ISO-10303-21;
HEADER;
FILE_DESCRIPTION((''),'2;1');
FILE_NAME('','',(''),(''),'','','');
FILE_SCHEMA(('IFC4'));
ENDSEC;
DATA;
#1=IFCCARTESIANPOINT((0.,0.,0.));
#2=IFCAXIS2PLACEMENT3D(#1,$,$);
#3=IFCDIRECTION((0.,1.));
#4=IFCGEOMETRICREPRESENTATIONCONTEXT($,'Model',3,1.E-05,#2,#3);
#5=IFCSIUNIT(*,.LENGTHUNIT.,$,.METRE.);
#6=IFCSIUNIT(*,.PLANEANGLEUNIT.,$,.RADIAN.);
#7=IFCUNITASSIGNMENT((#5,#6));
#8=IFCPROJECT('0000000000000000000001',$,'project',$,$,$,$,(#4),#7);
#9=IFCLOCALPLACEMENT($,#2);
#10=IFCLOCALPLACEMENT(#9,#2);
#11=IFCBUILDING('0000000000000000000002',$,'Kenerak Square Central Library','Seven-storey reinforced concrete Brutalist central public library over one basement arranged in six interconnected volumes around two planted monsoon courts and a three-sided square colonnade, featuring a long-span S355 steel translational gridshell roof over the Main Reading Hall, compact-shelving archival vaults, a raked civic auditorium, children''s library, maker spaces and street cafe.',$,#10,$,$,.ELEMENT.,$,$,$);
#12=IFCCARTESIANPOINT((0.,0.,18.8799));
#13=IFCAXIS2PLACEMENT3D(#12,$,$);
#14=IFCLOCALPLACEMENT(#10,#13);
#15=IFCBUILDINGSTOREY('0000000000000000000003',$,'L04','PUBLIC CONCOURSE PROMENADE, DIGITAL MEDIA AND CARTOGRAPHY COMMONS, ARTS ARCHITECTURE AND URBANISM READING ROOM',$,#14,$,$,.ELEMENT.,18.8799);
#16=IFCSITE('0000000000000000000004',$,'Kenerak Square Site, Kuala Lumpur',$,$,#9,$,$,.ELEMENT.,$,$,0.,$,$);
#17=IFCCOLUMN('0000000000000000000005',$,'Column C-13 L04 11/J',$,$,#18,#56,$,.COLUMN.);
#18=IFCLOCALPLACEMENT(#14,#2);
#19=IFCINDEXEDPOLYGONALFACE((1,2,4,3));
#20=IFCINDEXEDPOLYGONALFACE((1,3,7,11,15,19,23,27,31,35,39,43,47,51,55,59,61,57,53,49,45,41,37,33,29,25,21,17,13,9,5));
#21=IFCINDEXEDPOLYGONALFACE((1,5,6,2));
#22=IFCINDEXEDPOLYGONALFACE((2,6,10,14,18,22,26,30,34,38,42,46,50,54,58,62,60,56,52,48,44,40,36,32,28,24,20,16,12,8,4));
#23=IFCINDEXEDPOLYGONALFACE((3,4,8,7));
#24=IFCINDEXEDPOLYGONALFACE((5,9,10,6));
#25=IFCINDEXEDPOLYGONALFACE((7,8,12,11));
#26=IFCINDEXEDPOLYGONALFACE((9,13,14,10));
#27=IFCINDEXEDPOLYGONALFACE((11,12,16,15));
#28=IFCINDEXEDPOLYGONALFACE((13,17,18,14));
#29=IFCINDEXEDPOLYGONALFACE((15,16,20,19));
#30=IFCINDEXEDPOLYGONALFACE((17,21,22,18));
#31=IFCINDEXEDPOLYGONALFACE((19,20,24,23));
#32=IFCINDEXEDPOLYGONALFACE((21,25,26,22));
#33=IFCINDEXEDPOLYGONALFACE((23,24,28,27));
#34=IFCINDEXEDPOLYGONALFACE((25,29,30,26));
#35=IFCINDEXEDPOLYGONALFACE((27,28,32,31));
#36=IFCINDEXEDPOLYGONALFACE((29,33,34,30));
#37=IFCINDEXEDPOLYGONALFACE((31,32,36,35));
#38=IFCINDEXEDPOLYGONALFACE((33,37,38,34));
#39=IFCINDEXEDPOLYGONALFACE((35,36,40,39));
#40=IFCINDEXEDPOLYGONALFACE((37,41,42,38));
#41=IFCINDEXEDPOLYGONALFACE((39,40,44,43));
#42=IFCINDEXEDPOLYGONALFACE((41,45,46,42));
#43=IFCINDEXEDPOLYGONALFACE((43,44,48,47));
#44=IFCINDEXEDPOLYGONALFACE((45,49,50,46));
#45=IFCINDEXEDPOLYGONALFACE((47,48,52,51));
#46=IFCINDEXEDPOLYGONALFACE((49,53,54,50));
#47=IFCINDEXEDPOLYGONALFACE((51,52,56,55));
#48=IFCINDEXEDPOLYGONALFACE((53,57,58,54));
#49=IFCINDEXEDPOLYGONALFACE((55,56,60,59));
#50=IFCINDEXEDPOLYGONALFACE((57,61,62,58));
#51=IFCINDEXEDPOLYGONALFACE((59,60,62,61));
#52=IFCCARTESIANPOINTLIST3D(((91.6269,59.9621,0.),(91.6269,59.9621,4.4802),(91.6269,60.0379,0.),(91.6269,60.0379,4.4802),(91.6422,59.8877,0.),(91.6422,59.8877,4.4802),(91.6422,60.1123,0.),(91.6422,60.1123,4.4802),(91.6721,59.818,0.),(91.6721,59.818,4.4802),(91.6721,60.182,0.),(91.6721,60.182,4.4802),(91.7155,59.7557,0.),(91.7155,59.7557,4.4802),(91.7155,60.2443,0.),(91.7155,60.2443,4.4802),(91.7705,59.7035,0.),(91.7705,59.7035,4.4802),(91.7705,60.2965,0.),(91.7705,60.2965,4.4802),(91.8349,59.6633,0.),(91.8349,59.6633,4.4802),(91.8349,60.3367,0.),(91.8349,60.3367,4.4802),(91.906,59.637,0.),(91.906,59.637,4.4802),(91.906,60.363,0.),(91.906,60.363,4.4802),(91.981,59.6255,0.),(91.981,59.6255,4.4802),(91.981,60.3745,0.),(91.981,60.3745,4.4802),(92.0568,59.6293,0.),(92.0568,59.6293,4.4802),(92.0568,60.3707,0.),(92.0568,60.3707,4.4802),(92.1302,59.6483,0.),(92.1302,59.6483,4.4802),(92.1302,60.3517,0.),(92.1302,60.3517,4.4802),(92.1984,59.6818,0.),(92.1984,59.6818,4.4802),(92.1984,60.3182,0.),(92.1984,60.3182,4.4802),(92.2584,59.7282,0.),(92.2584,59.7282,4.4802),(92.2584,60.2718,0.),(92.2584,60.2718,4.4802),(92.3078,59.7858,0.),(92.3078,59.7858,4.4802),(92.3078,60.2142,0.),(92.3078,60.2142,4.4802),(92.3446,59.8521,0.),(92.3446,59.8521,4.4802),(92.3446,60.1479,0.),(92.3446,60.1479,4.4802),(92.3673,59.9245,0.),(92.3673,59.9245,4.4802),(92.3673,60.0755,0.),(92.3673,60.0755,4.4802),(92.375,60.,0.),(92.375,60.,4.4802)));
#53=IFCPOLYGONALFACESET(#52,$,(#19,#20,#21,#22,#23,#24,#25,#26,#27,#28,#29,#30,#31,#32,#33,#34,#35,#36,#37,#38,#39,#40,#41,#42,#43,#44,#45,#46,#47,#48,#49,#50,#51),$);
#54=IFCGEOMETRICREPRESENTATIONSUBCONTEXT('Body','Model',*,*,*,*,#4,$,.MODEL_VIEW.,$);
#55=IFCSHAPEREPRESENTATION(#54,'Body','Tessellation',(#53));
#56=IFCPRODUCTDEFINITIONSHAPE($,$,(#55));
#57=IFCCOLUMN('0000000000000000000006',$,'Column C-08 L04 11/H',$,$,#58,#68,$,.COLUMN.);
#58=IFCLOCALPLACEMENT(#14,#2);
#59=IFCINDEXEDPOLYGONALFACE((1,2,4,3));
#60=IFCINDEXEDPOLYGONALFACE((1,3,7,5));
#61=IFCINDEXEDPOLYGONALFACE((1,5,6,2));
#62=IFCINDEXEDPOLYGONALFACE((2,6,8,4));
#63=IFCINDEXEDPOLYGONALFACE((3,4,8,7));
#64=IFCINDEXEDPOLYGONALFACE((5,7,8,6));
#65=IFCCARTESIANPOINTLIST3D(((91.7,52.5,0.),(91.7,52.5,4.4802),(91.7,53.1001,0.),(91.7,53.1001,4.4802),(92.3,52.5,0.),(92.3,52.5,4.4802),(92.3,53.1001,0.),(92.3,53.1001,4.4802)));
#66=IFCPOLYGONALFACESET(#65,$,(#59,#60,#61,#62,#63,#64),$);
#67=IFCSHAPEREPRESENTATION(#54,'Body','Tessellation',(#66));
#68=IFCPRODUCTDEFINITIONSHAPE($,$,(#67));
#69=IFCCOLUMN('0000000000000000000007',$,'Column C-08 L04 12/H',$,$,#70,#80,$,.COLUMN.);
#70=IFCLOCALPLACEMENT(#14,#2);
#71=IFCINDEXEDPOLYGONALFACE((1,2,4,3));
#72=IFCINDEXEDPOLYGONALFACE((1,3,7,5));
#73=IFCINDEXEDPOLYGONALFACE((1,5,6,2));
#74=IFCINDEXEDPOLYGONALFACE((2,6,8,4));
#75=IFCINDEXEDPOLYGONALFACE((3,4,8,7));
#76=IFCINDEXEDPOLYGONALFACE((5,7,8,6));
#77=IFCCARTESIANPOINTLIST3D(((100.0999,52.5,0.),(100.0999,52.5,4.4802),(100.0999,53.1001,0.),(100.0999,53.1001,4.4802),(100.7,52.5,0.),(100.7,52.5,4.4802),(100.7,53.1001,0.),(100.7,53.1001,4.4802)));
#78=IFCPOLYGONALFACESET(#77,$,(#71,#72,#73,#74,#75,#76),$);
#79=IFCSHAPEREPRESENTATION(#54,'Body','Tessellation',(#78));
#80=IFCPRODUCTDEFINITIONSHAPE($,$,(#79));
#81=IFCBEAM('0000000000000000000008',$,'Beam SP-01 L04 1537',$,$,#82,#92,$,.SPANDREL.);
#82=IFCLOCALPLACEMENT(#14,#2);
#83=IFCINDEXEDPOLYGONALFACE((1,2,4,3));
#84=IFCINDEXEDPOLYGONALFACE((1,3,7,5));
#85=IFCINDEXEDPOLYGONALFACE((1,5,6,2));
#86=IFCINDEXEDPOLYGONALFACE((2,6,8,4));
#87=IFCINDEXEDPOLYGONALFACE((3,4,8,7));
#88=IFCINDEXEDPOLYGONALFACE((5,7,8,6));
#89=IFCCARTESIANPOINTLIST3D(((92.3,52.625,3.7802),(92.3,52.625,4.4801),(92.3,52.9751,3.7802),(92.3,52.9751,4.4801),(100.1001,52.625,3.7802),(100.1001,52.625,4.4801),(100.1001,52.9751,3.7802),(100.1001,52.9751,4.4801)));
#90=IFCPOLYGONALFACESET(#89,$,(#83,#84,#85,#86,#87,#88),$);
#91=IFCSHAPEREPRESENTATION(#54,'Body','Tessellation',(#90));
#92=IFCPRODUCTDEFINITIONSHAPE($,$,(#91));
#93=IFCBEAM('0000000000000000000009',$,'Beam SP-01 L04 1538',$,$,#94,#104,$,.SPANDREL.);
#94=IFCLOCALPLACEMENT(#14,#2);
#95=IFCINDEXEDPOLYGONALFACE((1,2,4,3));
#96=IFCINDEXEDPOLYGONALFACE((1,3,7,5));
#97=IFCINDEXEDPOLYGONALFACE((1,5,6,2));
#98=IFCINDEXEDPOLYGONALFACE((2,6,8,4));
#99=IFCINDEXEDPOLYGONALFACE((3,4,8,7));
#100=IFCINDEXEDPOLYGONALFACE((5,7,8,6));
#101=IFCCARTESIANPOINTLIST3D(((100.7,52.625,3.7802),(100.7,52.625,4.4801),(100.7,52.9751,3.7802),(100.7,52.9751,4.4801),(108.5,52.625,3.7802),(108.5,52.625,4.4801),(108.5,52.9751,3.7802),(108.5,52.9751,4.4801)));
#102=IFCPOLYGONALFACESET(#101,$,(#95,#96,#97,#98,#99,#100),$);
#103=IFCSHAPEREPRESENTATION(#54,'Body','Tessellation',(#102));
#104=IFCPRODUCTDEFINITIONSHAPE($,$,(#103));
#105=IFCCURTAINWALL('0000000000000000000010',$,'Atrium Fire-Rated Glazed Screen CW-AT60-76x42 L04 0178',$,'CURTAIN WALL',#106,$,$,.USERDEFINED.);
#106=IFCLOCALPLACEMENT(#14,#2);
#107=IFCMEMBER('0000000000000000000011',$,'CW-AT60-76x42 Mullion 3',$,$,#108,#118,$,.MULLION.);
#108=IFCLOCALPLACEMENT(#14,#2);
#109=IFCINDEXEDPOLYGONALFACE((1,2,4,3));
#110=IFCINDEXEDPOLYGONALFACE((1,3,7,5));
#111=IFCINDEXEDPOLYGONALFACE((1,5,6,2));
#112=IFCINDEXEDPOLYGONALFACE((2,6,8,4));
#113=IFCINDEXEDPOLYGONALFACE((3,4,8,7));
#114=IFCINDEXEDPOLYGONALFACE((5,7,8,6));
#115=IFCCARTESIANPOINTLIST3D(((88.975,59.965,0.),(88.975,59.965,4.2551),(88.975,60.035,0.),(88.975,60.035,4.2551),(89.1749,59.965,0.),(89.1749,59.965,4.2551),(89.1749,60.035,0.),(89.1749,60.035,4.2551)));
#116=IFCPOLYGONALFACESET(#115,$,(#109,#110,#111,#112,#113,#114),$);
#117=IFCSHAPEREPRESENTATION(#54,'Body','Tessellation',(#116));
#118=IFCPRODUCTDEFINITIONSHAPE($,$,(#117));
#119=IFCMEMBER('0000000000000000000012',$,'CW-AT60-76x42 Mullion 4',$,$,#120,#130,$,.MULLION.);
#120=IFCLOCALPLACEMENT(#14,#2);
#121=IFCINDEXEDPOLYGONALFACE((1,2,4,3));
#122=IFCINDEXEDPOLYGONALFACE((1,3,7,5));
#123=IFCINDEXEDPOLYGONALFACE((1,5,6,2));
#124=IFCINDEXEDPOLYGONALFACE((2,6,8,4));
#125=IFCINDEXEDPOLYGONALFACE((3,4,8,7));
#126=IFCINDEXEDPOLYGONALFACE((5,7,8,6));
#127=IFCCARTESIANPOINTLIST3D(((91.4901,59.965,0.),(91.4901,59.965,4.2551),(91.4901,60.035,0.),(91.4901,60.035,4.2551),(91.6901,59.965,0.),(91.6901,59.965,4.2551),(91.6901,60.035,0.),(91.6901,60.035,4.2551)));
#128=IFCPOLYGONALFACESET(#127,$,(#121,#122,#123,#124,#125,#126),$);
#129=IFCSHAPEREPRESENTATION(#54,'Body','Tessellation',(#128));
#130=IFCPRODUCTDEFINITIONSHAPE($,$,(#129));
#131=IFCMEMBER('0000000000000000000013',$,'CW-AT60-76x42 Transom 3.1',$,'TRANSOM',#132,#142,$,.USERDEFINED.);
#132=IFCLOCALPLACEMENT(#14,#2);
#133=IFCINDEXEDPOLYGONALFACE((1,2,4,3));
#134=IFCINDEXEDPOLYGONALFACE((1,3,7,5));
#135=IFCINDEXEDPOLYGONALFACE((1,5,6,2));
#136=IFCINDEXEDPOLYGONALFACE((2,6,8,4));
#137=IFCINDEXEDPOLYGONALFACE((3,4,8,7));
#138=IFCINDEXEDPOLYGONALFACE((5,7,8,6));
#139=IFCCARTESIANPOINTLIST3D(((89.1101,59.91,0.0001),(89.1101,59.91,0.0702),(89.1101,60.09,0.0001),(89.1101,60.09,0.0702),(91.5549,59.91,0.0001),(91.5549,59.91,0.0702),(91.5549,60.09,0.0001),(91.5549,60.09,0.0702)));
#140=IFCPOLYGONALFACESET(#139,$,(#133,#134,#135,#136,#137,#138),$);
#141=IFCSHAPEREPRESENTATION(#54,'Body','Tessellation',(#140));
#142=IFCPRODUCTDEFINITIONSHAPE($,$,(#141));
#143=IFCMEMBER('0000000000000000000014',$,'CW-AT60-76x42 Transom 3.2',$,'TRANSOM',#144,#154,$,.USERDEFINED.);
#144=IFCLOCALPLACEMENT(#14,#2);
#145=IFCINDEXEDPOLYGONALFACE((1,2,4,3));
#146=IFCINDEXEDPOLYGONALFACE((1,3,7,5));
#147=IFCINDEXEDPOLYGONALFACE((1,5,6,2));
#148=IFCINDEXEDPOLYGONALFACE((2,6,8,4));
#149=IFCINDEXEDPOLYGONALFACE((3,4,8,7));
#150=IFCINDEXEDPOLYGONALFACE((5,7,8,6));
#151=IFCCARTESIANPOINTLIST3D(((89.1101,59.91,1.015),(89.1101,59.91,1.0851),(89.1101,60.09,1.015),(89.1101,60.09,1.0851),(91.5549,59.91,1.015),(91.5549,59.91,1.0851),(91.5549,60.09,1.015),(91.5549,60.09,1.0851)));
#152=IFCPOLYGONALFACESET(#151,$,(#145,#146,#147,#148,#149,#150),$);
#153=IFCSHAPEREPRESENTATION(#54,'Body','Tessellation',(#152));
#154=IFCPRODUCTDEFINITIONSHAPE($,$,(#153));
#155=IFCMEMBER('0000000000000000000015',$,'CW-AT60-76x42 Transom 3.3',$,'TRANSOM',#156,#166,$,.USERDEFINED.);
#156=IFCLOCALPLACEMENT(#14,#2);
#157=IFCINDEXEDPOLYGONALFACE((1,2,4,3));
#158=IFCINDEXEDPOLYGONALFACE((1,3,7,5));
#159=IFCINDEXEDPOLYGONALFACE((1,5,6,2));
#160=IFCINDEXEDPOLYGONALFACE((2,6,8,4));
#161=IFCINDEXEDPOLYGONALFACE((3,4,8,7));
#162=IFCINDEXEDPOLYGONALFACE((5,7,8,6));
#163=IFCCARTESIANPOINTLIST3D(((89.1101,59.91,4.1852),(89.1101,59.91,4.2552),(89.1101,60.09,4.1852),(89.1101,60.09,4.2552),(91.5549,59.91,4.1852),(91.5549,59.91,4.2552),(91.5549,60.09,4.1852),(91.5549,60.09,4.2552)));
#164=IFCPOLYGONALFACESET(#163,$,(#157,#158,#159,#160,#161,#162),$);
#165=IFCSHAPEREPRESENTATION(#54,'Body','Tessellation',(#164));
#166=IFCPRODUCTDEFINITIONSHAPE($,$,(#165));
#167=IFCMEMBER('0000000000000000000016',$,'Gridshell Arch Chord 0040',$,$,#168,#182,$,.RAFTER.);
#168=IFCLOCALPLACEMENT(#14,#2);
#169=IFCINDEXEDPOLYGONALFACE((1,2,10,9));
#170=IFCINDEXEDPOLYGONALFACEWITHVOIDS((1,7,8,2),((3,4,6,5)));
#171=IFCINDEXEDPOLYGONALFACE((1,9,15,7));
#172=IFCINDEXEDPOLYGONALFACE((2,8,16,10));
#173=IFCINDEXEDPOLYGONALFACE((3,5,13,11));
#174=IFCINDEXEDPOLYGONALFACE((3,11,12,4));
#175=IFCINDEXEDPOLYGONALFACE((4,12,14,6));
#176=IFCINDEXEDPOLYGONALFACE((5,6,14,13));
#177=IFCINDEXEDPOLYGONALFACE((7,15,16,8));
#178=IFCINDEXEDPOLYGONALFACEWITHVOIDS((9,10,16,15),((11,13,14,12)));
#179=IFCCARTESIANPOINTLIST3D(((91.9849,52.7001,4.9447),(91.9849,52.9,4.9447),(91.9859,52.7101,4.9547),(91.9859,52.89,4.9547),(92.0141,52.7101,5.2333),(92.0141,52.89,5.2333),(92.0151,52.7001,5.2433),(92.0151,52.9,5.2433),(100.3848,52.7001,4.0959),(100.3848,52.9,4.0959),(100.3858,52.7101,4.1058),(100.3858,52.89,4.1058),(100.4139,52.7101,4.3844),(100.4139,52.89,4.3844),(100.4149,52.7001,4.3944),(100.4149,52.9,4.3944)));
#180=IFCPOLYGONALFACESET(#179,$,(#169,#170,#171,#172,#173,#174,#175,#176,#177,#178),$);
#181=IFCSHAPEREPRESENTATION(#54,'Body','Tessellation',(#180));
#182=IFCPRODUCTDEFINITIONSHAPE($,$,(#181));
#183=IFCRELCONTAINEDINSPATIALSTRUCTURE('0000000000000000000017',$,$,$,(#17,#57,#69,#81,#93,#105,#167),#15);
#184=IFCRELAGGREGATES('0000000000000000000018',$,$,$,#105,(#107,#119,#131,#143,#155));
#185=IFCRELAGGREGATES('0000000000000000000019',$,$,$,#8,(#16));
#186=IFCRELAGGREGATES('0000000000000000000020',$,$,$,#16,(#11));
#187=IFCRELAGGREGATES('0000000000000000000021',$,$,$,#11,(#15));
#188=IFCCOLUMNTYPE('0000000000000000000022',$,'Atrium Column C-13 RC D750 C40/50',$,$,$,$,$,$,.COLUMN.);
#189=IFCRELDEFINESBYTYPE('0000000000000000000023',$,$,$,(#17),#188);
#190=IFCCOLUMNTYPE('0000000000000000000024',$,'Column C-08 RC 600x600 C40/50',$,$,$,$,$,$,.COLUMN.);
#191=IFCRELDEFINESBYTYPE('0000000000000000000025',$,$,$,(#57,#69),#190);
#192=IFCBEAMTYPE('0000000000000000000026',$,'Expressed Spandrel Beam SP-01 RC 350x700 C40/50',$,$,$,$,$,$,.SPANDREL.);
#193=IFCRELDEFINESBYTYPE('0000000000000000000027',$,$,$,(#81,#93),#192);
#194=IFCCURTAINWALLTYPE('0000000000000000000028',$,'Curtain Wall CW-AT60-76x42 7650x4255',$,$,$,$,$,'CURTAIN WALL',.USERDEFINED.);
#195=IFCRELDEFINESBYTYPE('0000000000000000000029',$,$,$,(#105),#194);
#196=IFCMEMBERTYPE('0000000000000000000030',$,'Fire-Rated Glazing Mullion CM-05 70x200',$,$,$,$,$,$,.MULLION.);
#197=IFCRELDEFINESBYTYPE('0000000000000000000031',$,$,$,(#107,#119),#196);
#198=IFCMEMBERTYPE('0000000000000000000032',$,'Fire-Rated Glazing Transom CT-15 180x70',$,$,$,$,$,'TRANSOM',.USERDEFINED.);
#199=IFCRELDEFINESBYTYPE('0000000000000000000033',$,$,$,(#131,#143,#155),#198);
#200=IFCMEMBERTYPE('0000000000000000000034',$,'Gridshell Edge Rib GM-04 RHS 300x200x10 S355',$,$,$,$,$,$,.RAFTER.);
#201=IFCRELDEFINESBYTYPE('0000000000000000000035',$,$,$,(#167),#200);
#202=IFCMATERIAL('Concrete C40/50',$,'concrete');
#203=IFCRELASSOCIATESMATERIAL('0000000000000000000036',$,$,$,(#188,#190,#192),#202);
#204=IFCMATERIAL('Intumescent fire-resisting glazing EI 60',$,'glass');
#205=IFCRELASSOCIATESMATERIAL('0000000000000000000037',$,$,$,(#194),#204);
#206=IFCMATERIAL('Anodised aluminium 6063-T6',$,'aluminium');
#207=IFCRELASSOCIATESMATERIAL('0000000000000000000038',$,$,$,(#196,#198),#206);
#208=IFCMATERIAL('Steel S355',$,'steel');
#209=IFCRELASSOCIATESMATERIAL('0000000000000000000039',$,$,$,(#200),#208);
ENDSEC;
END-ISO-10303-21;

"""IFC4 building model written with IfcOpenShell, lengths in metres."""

from ifc_helpers import new_model, si_unit, direction, frame, origin, origin_2d, place, context, subcontext, project, spatial, rectangle, hollow_rectangle, circle, extrude, material, material_profile, profile_set, type_object, element, aggregate, save


model = new_model("IFC4")

# Units and contexts
model_context = context("Model", 3, precision=1e-05, world=origin(), true_north=direction((0.0, 1.0)))
body_context = subcontext(model_context, "Body", "Model", "MODEL_VIEW")
ifc_project = project(units=[si_unit("LENGTHUNIT", "METRE"), si_unit("PLANEANGLEUNIT", "RADIAN")], contexts=[model_context])

# Site, building, storey
site_placement = place(None, origin())
site = spatial("IfcSite", under=ifc_project, at=site_placement, Name="Kenerak Square Site, Kuala Lumpur", CompositionType="ELEMENT", RefElevation=0.0)
building_placement = place(site_placement, origin())
building = spatial("IfcBuilding", under=site, at=building_placement, Name="Kenerak Square Central Library", Description="Seven-storey reinforced concrete Brutalist central public library over one basement arranged in six interconnected volumes around two planted monsoon courts and a three-sided square colonnade, featuring a long-span S355 steel translational gridshell roof over the Main Reading Hall, compact-shelving archival vaults, a raked civic auditorium, children's library, maker spaces and street cafe.", CompositionType="ELEMENT")
storey_placement = place(building_placement, frame((0.0, 0.0, 18.8799)))
storey = spatial("IfcBuildingStorey", under=building, at=storey_placement, Name="L04", Description="PUBLIC CONCOURSE PROMENADE, DIGITAL MEDIA AND CARTOGRAPHY COMMONS, ARTS ARCHITECTURE AND URBANISM READING ROOM", CompositionType="ELEMENT", Elevation=18.8799)

# Columns
ifc_material_1 = material(Name="Concrete C40/50", Category="concrete")
ifc_material_profile_1 = material_profile(ifc_material_1, circle(Radius=0.375, at=origin_2d()), Name="RC D750")
ifc_profile_set_1 = profile_set([ifc_material_profile_1], Name="Concrete C40/50")
column_type_1 = type_object("IfcColumnType", Name="Atrium Column C-13 RC D750 C40/50", PredefinedType="COLUMN", material=ifc_profile_set_1)
column_placement = place(storey_placement, frame((92.0, 60.0, 0.0), z_axis=(0.0, 0.0, 1.0), x_axis=(1.0, 0.0, 0.0)))
element("IfcColumn", 1, at=column_placement, inside=storey, type_object=column_type_1, Name="Column C-13 L04 11/J", PredefinedType="COLUMN", context=body_context, shape_type="SweptSolid", body=[
    extrude(circle(Radius=0.375, at=origin_2d()), origin(), (0.0, 0.0, 1.0), 4.4802),
])
ifc_material_profile_2 = material_profile(ifc_material_1, rectangle(XDim=0.6001, YDim=0.6001, at=origin_2d()), Name="RC 600x600")
ifc_profile_set_2 = profile_set([ifc_material_profile_2], Name="Concrete C40/50")
column_type_2 = type_object("IfcColumnType", Name="Column C-08 RC 600x600 C40/50", PredefinedType="COLUMN", material=ifc_profile_set_2)
for number, where, z_axis, x_axis, name in (
    (2, (92.0, 52.8, 0.0), (0.0, 0.0, 1.0), (1.0, 0.0, 0.0), "Column C-08 L04 11/H"),
    (3, (100.3999, 52.8, 0.0), (0.0, 0.0, 1.0), (1.0, 0.0, 0.0), "Column C-08 L04 12/H"),
):
    element("IfcColumn", number, at=place(storey_placement, frame(where, z_axis=z_axis, x_axis=x_axis)), inside=storey, type_object=column_type_2, Name=name, PredefinedType="COLUMN", context=body_context, shape_type="SweptSolid", body=[
        extrude(rectangle(XDim=0.6001, YDim=0.6001, at=origin_2d()), origin(), (0.0, 0.0, 1.0), 4.4802),
    ])

# Beams
ifc_material_profile_3 = material_profile(ifc_material_1, rectangle(XDim=0.3501, YDim=0.7, at=origin_2d()), Name="RC 350x700")
ifc_profile_set_3 = profile_set([ifc_material_profile_3], Name="Concrete C40/50")
beam_type_1 = type_object("IfcBeamType", Name="Expressed Spandrel Beam SP-01 RC 350x700 C40/50", PredefinedType="SPANDREL", material=ifc_profile_set_3)
for number, where, z_axis, x_axis, name in (
    (4, (92.3, 52.8, 4.1301), (1.0, 0.0, 0.0), (0.0, 1.0, 0.0), "Beam SP-01 L04 1537"),
    (5, (100.7, 52.8, 4.1301), (1.0, 0.0, 0.0), (0.0, 1.0, 0.0), "Beam SP-01 L04 1538"),
):
    element("IfcBeam", number, at=place(storey_placement, frame(where, z_axis=z_axis, x_axis=x_axis)), inside=storey, type_object=beam_type_1, Name=name, PredefinedType="SPANDREL", context=body_context, shape_type="SweptSolid", body=[
        extrude(rectangle(XDim=0.3501, YDim=0.7, at=origin_2d()), origin(), (0.0, 0.0, 1.0), 7.8),
    ])

# Curtain wall, members
ifc_material_2 = material(Name="Intumescent fire-resisting glazing EI 60", Category="glass")
curtain_wall_type = type_object("IfcCurtainWallType", Name="Curtain Wall CW-AT60-76x42 7650x4255", ElementType="CURTAIN WALL", PredefinedType="USERDEFINED", material=ifc_material_2)
curtain_wall_placement = place(storey_placement, origin())
curtain_wall = element("IfcCurtainWall", 6, at=curtain_wall_placement, inside=storey, type_object=curtain_wall_type, Name="Atrium Fire-Rated Glazed Screen CW-AT60-76x42 L04 0178", ObjectType="CURTAIN WALL", PredefinedType="USERDEFINED")
ifc_material_3 = material(Name="Anodised aluminium 6063-T6", Category="aluminium")
ifc_material_profile_4 = material_profile(ifc_material_3, rectangle(XDim=0.0701, YDim=0.2, at=origin_2d()), Name="AL MULLION 70x200")
ifc_profile_set_4 = profile_set([ifc_material_profile_4], Name="Anodised aluminium 6063-T6")
member_type_1 = type_object("IfcMemberType", Name="Fire-Rated Glazing Mullion CM-05 70x200", PredefinedType="MULLION", material=ifc_profile_set_4)
member_1_placement = place(storey_placement, frame((89.075, 60.0, 0.0), z_axis=(0.0, 0.0, 1.0), x_axis=(0.0, 1.0, 0.0)))
member_1 = element("IfcMember", 7, at=member_1_placement, type_object=member_type_1, Name="CW-AT60-76x42 Mullion 3", PredefinedType="MULLION", context=body_context, shape_type="SweptSolid", body=[
    extrude(rectangle(XDim=0.0701, YDim=0.2, at=origin_2d()), origin(), (0.0, 0.0, 1.0), 4.2551),
])
member_2_placement = place(storey_placement, frame((91.5901, 60.0, 0.0), z_axis=(0.0, 0.0, 1.0), x_axis=(0.0, 1.0, 0.0)))
member_2 = element("IfcMember", 8, at=member_2_placement, type_object=member_type_1, Name="CW-AT60-76x42 Mullion 4", PredefinedType="MULLION", context=body_context, shape_type="SweptSolid", body=[
    extrude(rectangle(XDim=0.0701, YDim=0.2, at=origin_2d()), origin(), (0.0, 0.0, 1.0), 4.2551),
])
ifc_material_profile_5 = material_profile(ifc_material_3, rectangle(XDim=0.1799, YDim=0.0701, at=origin_2d()), Name="AL TRANSOM 180x70")
ifc_profile_set_5 = profile_set([ifc_material_profile_5], Name="Anodised aluminium 6063-T6")
member_type_2 = type_object("IfcMemberType", Name="Fire-Rated Glazing Transom CT-15 180x70", ElementType="TRANSOM", PredefinedType="USERDEFINED", material=ifc_profile_set_5)
member_3_placement = place(storey_placement, frame((89.1101, 60.0, 0.0352), z_axis=(1.0, 0.0, 0.0), x_axis=(0.0, 1.0, 0.0)))
member_3 = element("IfcMember", 9, at=member_3_placement, type_object=member_type_2, Name="CW-AT60-76x42 Transom 3.1", ObjectType="TRANSOM", PredefinedType="USERDEFINED", context=body_context, shape_type="SweptSolid", body=[
    extrude(rectangle(XDim=0.1799, YDim=0.0701, at=origin_2d()), origin(), (0.0, 0.0, 1.0), 2.4448),
])
member_4_placement = place(storey_placement, frame((89.1101, 60.0, 1.05), z_axis=(1.0, 0.0, 0.0), x_axis=(0.0, 1.0, 0.0)))
member_4 = element("IfcMember", 10, at=member_4_placement, type_object=member_type_2, Name="CW-AT60-76x42 Transom 3.2", ObjectType="TRANSOM", PredefinedType="USERDEFINED", context=body_context, shape_type="SweptSolid", body=[
    extrude(rectangle(XDim=0.1799, YDim=0.0701, at=origin_2d()), origin(), (0.0, 0.0, 1.0), 2.4448),
])
member_5_placement = place(storey_placement, frame((89.1101, 60.0, 4.2202), z_axis=(1.0, 0.0, 0.0), x_axis=(0.0, 1.0, 0.0)))
member_5 = element("IfcMember", 11, at=member_5_placement, type_object=member_type_2, Name="CW-AT60-76x42 Transom 3.3", ObjectType="TRANSOM", PredefinedType="USERDEFINED", context=body_context, shape_type="SweptSolid", body=[
    extrude(rectangle(XDim=0.1799, YDim=0.0701, at=origin_2d()), origin(), (0.0, 0.0, 1.0), 2.4448),
])

# Member
ifc_material_4 = material(Name="Steel S355", Category="steel")
ifc_material_profile_6 = material_profile(ifc_material_4, hollow_rectangle(XDim=0.2, YDim=0.3, WallThickness=0.01, at=origin_2d()), Name="RHS 300x200x10.0")
ifc_profile_set_6 = profile_set([ifc_material_profile_6], Name="Steel S355")
member_type_3 = type_object("IfcMemberType", Name="Gridshell Edge Rib GM-04 RHS 300x200x10 S355", PredefinedType="RAFTER", material=ifc_profile_set_6)
member_6_placement = place(storey_placement, frame((92.0, 52.8, 5.094), z_axis=(0.994932, 0.0, -0.100546), x_axis=(0.0, 1.0, 0.0)))
element("IfcMember", 12, at=member_6_placement, inside=storey, type_object=member_type_3, Name="Gridshell Arch Chord 0040", PredefinedType="RAFTER", context=body_context, shape_type="SweptSolid", body=[
    extrude(hollow_rectangle(XDim=0.2, YDim=0.3, WallThickness=0.01, at=origin_2d()), origin(), (0.0, 0.0, 1.0), 8.4426),
])

aggregate(curtain_wall, [member_1, member_2, member_3, member_4, member_5])

save(model, "model.ifc")
